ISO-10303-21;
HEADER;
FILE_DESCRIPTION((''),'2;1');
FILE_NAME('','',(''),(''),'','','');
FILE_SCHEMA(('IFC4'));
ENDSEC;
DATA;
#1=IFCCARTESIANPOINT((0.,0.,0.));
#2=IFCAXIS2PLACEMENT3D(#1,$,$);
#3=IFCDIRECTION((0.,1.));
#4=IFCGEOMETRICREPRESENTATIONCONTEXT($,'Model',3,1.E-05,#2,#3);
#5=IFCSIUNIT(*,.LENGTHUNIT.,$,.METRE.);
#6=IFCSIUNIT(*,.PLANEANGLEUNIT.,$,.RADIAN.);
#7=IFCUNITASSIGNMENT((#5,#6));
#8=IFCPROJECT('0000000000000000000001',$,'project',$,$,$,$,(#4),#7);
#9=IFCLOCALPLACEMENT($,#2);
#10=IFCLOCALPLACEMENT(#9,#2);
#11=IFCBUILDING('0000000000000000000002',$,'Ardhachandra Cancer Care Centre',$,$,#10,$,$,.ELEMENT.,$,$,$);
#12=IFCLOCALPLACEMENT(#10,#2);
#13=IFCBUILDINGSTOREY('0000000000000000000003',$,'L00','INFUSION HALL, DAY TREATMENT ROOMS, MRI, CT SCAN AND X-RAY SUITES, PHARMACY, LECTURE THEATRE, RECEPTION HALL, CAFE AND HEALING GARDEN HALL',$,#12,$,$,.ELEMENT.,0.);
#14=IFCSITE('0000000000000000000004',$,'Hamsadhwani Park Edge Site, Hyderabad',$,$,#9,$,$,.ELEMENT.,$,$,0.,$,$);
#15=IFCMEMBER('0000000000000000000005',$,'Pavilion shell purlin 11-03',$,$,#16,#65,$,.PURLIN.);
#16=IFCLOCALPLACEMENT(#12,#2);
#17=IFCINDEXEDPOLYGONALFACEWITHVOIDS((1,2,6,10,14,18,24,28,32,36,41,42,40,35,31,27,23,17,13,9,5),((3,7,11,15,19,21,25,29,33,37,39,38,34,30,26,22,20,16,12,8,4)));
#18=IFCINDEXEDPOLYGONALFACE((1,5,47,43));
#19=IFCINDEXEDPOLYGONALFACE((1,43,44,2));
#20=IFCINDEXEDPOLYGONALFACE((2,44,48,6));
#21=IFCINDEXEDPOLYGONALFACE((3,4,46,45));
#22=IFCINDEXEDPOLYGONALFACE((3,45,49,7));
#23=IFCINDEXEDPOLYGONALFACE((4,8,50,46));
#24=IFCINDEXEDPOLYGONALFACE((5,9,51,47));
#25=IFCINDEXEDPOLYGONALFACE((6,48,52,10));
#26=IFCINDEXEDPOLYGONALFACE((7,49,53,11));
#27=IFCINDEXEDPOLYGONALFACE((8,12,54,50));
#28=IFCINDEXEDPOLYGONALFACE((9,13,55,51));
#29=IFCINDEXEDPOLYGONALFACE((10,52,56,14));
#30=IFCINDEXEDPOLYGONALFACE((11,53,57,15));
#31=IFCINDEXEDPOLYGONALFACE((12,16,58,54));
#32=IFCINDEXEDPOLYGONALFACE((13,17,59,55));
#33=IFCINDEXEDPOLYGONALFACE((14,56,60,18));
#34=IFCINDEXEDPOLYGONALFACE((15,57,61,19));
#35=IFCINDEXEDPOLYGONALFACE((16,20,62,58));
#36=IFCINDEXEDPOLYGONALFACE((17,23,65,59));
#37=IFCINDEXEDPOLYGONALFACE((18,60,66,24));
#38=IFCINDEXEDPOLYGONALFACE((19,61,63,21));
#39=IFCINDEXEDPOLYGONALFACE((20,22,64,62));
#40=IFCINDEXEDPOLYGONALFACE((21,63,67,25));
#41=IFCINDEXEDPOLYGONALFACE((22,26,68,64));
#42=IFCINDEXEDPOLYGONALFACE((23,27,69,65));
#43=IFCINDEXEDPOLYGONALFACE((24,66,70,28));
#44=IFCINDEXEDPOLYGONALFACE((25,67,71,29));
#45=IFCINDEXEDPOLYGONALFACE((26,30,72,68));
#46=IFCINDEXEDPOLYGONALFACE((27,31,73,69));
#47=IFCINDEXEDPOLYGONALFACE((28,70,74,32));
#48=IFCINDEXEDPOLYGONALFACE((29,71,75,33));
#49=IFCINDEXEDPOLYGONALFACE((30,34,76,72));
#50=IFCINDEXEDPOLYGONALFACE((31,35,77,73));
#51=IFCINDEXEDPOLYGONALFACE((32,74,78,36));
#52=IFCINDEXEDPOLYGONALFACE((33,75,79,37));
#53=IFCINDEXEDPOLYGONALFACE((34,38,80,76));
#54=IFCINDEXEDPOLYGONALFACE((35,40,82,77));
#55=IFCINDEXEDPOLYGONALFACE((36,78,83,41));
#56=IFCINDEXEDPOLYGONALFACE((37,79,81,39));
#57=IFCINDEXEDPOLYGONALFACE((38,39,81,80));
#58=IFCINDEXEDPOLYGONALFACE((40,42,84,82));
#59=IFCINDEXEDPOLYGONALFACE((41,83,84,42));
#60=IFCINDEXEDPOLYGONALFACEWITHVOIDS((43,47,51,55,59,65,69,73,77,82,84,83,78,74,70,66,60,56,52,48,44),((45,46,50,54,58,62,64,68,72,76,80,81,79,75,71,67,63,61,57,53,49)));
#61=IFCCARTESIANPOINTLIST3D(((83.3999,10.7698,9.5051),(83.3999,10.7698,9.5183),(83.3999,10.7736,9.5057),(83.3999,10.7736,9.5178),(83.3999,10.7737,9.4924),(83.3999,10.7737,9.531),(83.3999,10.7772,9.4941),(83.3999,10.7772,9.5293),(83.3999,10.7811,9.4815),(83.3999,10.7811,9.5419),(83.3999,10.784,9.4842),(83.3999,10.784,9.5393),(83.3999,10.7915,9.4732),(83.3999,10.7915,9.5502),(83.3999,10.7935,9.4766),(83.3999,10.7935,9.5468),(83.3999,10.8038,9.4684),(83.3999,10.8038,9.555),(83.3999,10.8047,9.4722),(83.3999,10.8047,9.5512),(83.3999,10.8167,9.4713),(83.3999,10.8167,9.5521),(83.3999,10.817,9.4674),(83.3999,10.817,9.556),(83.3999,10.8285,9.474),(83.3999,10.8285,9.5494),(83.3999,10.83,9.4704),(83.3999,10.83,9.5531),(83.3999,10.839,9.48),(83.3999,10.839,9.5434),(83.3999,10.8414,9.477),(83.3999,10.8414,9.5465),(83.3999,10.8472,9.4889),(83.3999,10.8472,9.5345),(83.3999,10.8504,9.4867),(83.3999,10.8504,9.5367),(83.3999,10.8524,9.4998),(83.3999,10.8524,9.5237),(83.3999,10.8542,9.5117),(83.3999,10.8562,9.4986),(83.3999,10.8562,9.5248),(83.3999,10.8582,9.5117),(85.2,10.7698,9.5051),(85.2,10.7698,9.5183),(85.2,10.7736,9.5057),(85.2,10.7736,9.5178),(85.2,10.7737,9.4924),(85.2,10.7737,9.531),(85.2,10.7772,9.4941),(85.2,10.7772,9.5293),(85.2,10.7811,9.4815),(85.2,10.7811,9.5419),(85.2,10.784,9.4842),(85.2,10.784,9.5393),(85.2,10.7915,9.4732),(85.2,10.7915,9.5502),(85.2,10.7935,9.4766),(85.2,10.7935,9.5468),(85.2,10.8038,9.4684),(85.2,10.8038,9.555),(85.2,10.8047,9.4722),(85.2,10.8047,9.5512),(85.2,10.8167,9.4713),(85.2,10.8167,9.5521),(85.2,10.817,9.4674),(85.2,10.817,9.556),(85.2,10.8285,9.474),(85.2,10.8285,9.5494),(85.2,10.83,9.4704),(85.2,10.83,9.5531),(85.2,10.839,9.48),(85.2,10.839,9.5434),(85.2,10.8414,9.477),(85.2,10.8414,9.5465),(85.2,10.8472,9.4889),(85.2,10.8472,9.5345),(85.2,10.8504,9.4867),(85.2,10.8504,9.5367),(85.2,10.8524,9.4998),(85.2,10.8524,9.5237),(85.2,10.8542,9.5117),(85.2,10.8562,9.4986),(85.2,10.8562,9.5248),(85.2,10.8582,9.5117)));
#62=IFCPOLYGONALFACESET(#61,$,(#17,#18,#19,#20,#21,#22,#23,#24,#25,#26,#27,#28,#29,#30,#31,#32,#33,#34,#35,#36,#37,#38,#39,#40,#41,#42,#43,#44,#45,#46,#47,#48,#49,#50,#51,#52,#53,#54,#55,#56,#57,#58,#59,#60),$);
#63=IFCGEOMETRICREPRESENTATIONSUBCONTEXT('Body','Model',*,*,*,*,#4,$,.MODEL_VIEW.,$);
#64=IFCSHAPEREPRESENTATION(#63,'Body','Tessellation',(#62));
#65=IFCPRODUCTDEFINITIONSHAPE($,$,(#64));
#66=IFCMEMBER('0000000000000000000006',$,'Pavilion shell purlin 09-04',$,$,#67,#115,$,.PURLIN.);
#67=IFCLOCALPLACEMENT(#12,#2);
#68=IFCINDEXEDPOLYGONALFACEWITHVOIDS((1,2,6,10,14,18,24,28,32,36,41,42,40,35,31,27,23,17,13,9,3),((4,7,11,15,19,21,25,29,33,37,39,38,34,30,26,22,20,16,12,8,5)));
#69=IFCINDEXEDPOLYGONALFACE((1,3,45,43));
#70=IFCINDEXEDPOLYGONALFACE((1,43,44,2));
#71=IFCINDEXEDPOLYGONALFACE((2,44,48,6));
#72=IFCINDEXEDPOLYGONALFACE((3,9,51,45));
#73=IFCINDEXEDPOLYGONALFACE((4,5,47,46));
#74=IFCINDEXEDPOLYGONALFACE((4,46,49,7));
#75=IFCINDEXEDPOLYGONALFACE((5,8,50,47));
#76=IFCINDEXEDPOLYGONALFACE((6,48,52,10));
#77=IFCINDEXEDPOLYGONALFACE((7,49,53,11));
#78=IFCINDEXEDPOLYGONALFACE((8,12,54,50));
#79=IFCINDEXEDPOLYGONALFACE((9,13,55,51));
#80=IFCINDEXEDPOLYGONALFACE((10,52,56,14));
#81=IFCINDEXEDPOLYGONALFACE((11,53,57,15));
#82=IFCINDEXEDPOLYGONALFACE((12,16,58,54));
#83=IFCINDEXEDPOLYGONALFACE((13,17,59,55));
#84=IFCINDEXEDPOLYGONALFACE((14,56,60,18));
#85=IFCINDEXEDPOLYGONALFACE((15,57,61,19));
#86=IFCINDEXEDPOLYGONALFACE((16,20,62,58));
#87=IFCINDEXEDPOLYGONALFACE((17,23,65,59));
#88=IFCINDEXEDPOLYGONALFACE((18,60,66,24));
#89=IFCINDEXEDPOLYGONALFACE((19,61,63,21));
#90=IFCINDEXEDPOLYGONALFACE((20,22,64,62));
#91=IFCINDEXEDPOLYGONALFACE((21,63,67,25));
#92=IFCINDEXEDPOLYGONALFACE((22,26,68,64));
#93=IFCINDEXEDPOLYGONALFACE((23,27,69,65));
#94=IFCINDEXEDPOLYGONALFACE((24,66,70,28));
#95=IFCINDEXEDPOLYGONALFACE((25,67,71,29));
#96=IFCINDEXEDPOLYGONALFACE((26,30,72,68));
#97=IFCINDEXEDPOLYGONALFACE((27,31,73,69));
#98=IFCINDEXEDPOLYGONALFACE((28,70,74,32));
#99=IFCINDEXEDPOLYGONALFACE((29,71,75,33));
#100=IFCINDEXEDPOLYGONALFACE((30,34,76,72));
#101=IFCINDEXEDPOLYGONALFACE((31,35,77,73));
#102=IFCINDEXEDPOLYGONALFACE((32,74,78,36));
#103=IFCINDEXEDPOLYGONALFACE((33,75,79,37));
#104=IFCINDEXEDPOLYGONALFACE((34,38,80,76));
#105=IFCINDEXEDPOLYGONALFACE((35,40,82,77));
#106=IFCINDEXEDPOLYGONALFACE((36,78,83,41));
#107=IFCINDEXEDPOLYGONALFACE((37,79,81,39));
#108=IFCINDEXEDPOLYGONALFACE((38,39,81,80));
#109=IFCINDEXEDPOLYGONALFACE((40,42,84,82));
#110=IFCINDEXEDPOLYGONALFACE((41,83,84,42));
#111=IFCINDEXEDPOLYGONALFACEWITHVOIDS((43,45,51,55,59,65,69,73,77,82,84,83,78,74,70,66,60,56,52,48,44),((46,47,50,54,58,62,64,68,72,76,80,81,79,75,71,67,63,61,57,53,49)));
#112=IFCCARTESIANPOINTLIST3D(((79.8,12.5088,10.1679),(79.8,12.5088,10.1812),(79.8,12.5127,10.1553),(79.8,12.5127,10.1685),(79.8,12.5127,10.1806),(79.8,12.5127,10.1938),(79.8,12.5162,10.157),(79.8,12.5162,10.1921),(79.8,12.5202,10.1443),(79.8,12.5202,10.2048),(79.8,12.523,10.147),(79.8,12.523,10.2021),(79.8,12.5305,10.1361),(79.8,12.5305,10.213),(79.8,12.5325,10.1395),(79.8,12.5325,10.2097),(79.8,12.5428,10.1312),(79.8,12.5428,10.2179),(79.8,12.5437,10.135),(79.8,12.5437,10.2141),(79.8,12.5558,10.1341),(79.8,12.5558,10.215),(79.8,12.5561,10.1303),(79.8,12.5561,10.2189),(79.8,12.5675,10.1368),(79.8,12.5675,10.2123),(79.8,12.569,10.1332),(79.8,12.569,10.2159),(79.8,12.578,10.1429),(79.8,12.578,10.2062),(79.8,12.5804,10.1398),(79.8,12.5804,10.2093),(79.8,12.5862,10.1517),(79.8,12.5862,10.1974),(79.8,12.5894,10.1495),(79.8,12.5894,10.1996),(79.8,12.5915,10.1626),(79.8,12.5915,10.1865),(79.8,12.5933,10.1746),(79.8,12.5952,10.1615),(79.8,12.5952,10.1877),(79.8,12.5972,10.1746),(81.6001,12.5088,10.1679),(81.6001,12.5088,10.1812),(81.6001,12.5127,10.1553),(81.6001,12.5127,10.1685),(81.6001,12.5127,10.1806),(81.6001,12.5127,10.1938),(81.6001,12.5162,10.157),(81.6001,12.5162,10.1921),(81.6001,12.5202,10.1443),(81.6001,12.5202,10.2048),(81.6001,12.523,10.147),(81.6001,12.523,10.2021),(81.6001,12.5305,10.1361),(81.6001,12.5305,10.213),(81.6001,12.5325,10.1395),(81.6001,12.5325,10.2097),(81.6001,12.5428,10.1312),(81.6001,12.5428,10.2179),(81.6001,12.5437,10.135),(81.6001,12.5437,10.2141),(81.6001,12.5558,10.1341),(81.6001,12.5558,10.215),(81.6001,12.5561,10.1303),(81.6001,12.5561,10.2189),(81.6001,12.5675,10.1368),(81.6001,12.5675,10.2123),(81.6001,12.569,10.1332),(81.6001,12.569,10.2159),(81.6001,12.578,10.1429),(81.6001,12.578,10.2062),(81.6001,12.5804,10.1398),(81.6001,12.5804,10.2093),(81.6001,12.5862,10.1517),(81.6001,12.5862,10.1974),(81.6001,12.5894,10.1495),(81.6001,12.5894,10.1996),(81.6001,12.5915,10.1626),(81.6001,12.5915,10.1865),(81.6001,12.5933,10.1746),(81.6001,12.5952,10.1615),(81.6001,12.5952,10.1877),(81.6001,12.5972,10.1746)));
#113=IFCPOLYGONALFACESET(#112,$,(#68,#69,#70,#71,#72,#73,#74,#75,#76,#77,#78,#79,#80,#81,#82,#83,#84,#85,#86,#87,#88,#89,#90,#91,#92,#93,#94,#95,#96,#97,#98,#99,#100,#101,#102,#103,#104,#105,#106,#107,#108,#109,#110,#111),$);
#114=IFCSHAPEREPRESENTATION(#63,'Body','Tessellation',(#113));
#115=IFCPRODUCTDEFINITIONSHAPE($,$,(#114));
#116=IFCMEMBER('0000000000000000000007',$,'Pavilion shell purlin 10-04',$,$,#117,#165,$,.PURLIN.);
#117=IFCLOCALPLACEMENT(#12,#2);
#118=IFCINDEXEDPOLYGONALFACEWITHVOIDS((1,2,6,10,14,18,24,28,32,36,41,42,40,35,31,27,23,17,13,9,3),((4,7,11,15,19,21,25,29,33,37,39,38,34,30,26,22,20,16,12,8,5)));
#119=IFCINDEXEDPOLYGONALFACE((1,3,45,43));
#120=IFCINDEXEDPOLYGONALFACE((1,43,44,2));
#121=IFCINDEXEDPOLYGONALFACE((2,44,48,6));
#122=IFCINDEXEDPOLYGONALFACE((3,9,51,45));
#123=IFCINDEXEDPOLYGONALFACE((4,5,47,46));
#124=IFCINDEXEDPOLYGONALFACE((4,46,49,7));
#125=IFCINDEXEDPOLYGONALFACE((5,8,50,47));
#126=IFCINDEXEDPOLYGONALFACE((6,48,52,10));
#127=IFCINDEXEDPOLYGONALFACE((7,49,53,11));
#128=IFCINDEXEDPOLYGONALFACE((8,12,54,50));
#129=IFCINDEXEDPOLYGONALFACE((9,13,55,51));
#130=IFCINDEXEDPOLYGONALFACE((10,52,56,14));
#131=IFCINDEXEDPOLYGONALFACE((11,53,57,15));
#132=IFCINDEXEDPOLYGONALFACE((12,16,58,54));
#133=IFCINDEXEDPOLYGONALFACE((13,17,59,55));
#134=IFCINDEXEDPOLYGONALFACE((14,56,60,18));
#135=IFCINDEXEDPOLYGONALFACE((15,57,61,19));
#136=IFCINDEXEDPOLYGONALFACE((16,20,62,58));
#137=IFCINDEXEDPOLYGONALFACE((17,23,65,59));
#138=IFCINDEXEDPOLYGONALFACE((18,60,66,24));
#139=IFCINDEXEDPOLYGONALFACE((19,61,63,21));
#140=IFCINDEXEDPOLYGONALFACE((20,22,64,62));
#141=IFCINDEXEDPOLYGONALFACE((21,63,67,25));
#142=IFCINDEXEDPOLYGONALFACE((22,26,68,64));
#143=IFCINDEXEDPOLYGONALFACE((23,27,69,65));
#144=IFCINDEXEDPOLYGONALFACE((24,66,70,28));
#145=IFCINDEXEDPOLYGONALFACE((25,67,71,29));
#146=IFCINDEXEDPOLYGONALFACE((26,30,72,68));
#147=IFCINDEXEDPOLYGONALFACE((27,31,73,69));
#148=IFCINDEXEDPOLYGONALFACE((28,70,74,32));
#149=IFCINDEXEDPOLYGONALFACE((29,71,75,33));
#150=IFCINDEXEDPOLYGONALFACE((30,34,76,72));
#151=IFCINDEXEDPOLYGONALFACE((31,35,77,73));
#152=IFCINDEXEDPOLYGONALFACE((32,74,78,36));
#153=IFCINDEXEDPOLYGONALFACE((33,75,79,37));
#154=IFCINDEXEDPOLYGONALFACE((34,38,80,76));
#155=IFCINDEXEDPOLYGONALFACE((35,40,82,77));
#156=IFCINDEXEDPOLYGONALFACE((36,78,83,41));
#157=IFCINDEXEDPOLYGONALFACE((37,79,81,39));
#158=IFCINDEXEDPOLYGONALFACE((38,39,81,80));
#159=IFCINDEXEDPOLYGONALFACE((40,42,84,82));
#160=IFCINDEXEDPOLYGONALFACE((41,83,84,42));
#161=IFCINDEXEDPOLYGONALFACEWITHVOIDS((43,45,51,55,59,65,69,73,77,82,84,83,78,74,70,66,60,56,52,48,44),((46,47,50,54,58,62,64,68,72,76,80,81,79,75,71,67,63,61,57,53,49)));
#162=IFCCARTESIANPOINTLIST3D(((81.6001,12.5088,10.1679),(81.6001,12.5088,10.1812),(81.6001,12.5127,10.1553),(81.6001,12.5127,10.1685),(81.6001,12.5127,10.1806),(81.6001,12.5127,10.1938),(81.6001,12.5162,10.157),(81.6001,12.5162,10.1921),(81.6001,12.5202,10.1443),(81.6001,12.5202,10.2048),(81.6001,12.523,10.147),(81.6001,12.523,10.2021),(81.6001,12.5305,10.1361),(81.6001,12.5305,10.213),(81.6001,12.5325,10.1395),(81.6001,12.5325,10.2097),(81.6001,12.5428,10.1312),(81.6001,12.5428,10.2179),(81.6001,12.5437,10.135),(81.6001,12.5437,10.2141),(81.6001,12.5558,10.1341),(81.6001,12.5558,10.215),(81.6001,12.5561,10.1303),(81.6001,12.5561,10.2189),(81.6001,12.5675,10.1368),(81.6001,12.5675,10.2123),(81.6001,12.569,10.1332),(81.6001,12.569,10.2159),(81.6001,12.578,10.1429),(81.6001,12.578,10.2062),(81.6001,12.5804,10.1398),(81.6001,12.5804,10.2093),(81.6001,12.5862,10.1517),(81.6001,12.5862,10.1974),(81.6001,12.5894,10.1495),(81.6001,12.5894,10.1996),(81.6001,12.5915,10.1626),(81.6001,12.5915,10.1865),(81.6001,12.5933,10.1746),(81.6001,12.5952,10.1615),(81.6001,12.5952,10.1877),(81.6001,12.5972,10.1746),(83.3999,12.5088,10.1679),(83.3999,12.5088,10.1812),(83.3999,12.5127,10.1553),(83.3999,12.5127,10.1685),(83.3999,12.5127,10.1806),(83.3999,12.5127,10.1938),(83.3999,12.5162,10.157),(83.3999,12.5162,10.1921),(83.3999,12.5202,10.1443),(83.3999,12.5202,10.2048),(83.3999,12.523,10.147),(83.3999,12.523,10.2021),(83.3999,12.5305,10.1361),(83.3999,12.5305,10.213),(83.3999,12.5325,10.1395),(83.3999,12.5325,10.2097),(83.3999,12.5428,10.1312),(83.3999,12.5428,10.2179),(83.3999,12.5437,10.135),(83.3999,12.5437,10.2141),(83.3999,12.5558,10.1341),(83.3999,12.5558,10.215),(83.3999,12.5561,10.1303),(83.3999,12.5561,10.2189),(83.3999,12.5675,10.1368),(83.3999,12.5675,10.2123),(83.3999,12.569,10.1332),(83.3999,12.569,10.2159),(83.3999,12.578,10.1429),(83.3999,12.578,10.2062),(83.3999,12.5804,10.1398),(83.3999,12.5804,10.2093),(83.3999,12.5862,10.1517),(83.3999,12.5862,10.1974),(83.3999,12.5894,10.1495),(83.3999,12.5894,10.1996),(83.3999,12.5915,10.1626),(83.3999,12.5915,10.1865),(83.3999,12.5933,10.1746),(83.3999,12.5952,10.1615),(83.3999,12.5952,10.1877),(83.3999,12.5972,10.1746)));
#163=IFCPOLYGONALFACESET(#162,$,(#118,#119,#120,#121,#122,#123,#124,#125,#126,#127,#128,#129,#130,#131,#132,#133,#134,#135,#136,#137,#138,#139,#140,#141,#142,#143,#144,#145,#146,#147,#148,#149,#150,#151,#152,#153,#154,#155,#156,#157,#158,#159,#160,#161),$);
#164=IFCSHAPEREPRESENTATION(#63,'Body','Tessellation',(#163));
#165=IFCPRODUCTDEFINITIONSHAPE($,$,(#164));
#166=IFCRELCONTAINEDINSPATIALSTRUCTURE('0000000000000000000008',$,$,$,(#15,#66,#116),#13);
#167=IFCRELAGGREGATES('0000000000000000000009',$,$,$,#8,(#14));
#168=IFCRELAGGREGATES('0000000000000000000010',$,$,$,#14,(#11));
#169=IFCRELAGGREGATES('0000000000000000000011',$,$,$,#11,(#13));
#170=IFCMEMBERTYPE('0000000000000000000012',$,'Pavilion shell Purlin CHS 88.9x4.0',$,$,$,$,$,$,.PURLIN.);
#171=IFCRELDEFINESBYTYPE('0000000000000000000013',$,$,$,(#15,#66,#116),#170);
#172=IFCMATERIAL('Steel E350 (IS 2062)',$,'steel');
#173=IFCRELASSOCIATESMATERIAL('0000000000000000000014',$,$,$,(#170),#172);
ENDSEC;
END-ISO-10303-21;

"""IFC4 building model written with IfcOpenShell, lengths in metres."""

from ifc_helpers import new_model, si_unit, direction, frame, origin, origin_2d, place, context, subcontext, project, spatial, hollow_circle, extrude, material, material_profile, profile_set, type_object, element, save


model = new_model("IFC4")

# Units and contexts
model_context = context("Model", 3, precision=1e-05, world=origin(), true_north=direction((0.0, 1.0)))
body_context = subcontext(model_context, "Body", "Model", "MODEL_VIEW")
ifc_project = project(units=[si_unit("LENGTHUNIT", "METRE"), si_unit("PLANEANGLEUNIT", "RADIAN")], contexts=[model_context])

# Site, building, storey
site_placement = place(None, origin())
site = spatial("IfcSite", under=ifc_project, at=site_placement, Name="Hamsadhwani Park Edge Site, Hyderabad", CompositionType="ELEMENT", RefElevation=0.0)
building_placement = place(site_placement, origin())
building = spatial("IfcBuilding", under=site, at=building_placement, Name="Ardhachandra Cancer Care Centre", CompositionType="ELEMENT")
storey_placement = place(building_placement, origin())
storey = spatial("IfcBuildingStorey", under=building, at=storey_placement, Name="L00", Description="INFUSION HALL, DAY TREATMENT ROOMS, MRI, CT SCAN AND X-RAY SUITES, PHARMACY, LECTURE THEATRE, RECEPTION HALL, CAFE AND HEALING GARDEN HALL", CompositionType="ELEMENT", Elevation=0.0)

# Members
ifc_material_1 = material(Name="Steel E350 (IS 2062)", Category="steel")
ifc_material_profile_1 = material_profile(ifc_material_1, hollow_circle(Radius=0.0444, WallThickness=0.0039, at=origin_2d()), Name="CHS 88.9x4.0")
ifc_profile_set_1 = profile_set([ifc_material_profile_1], Name="Steel E350 (IS 2062)")
member_type_1 = type_object("IfcMemberType", Name="Pavilion shell Purlin CHS 88.9x4.0", PredefinedType="PURLIN", material=ifc_profile_set_1)
for number, where, z_axis, x_axis, name in (
    (1, (83.3999, 10.8137, 9.5117), (1.0, 0.0, 0.0), (0.0, 1.0, 0.0), "Pavilion shell purlin 11-03"),
    (2, (79.8, 12.5527, 10.1746), (1.0, 0.0, 0.0), (0.0, 1.0, 0.0), "Pavilion shell purlin 09-04"),
):
    element("IfcMember", number, at=place(storey_placement, frame(where, z_axis=z_axis, x_axis=x_axis)), inside=storey, type_object=member_type_1, Name=name, PredefinedType="PURLIN", context=body_context, shape_type="SweptSolid", body=[
        extrude(hollow_circle(Radius=0.0444, WallThickness=0.0039, at=origin_2d()), origin(), (0.0, 0.0, 1.0), 1.8),
    ])
member_1_placement = place(storey_placement, frame((81.6001, 12.5527, 10.1746), z_axis=(1.0, 0.0, 0.0), x_axis=(0.0, 1.0, 0.0)))
element("IfcMember", 3, at=member_1_placement, inside=storey, type_object=member_type_1, Name="Pavilion shell purlin 10-04", PredefinedType="PURLIN", context=body_context, shape_type="SweptSolid", body=[
    extrude(hollow_circle(Radius=0.0444, WallThickness=0.0039, at=origin_2d()), origin(), (0.0, 0.0, 1.0), 1.7998),
])

save(model, "model.ifc")
